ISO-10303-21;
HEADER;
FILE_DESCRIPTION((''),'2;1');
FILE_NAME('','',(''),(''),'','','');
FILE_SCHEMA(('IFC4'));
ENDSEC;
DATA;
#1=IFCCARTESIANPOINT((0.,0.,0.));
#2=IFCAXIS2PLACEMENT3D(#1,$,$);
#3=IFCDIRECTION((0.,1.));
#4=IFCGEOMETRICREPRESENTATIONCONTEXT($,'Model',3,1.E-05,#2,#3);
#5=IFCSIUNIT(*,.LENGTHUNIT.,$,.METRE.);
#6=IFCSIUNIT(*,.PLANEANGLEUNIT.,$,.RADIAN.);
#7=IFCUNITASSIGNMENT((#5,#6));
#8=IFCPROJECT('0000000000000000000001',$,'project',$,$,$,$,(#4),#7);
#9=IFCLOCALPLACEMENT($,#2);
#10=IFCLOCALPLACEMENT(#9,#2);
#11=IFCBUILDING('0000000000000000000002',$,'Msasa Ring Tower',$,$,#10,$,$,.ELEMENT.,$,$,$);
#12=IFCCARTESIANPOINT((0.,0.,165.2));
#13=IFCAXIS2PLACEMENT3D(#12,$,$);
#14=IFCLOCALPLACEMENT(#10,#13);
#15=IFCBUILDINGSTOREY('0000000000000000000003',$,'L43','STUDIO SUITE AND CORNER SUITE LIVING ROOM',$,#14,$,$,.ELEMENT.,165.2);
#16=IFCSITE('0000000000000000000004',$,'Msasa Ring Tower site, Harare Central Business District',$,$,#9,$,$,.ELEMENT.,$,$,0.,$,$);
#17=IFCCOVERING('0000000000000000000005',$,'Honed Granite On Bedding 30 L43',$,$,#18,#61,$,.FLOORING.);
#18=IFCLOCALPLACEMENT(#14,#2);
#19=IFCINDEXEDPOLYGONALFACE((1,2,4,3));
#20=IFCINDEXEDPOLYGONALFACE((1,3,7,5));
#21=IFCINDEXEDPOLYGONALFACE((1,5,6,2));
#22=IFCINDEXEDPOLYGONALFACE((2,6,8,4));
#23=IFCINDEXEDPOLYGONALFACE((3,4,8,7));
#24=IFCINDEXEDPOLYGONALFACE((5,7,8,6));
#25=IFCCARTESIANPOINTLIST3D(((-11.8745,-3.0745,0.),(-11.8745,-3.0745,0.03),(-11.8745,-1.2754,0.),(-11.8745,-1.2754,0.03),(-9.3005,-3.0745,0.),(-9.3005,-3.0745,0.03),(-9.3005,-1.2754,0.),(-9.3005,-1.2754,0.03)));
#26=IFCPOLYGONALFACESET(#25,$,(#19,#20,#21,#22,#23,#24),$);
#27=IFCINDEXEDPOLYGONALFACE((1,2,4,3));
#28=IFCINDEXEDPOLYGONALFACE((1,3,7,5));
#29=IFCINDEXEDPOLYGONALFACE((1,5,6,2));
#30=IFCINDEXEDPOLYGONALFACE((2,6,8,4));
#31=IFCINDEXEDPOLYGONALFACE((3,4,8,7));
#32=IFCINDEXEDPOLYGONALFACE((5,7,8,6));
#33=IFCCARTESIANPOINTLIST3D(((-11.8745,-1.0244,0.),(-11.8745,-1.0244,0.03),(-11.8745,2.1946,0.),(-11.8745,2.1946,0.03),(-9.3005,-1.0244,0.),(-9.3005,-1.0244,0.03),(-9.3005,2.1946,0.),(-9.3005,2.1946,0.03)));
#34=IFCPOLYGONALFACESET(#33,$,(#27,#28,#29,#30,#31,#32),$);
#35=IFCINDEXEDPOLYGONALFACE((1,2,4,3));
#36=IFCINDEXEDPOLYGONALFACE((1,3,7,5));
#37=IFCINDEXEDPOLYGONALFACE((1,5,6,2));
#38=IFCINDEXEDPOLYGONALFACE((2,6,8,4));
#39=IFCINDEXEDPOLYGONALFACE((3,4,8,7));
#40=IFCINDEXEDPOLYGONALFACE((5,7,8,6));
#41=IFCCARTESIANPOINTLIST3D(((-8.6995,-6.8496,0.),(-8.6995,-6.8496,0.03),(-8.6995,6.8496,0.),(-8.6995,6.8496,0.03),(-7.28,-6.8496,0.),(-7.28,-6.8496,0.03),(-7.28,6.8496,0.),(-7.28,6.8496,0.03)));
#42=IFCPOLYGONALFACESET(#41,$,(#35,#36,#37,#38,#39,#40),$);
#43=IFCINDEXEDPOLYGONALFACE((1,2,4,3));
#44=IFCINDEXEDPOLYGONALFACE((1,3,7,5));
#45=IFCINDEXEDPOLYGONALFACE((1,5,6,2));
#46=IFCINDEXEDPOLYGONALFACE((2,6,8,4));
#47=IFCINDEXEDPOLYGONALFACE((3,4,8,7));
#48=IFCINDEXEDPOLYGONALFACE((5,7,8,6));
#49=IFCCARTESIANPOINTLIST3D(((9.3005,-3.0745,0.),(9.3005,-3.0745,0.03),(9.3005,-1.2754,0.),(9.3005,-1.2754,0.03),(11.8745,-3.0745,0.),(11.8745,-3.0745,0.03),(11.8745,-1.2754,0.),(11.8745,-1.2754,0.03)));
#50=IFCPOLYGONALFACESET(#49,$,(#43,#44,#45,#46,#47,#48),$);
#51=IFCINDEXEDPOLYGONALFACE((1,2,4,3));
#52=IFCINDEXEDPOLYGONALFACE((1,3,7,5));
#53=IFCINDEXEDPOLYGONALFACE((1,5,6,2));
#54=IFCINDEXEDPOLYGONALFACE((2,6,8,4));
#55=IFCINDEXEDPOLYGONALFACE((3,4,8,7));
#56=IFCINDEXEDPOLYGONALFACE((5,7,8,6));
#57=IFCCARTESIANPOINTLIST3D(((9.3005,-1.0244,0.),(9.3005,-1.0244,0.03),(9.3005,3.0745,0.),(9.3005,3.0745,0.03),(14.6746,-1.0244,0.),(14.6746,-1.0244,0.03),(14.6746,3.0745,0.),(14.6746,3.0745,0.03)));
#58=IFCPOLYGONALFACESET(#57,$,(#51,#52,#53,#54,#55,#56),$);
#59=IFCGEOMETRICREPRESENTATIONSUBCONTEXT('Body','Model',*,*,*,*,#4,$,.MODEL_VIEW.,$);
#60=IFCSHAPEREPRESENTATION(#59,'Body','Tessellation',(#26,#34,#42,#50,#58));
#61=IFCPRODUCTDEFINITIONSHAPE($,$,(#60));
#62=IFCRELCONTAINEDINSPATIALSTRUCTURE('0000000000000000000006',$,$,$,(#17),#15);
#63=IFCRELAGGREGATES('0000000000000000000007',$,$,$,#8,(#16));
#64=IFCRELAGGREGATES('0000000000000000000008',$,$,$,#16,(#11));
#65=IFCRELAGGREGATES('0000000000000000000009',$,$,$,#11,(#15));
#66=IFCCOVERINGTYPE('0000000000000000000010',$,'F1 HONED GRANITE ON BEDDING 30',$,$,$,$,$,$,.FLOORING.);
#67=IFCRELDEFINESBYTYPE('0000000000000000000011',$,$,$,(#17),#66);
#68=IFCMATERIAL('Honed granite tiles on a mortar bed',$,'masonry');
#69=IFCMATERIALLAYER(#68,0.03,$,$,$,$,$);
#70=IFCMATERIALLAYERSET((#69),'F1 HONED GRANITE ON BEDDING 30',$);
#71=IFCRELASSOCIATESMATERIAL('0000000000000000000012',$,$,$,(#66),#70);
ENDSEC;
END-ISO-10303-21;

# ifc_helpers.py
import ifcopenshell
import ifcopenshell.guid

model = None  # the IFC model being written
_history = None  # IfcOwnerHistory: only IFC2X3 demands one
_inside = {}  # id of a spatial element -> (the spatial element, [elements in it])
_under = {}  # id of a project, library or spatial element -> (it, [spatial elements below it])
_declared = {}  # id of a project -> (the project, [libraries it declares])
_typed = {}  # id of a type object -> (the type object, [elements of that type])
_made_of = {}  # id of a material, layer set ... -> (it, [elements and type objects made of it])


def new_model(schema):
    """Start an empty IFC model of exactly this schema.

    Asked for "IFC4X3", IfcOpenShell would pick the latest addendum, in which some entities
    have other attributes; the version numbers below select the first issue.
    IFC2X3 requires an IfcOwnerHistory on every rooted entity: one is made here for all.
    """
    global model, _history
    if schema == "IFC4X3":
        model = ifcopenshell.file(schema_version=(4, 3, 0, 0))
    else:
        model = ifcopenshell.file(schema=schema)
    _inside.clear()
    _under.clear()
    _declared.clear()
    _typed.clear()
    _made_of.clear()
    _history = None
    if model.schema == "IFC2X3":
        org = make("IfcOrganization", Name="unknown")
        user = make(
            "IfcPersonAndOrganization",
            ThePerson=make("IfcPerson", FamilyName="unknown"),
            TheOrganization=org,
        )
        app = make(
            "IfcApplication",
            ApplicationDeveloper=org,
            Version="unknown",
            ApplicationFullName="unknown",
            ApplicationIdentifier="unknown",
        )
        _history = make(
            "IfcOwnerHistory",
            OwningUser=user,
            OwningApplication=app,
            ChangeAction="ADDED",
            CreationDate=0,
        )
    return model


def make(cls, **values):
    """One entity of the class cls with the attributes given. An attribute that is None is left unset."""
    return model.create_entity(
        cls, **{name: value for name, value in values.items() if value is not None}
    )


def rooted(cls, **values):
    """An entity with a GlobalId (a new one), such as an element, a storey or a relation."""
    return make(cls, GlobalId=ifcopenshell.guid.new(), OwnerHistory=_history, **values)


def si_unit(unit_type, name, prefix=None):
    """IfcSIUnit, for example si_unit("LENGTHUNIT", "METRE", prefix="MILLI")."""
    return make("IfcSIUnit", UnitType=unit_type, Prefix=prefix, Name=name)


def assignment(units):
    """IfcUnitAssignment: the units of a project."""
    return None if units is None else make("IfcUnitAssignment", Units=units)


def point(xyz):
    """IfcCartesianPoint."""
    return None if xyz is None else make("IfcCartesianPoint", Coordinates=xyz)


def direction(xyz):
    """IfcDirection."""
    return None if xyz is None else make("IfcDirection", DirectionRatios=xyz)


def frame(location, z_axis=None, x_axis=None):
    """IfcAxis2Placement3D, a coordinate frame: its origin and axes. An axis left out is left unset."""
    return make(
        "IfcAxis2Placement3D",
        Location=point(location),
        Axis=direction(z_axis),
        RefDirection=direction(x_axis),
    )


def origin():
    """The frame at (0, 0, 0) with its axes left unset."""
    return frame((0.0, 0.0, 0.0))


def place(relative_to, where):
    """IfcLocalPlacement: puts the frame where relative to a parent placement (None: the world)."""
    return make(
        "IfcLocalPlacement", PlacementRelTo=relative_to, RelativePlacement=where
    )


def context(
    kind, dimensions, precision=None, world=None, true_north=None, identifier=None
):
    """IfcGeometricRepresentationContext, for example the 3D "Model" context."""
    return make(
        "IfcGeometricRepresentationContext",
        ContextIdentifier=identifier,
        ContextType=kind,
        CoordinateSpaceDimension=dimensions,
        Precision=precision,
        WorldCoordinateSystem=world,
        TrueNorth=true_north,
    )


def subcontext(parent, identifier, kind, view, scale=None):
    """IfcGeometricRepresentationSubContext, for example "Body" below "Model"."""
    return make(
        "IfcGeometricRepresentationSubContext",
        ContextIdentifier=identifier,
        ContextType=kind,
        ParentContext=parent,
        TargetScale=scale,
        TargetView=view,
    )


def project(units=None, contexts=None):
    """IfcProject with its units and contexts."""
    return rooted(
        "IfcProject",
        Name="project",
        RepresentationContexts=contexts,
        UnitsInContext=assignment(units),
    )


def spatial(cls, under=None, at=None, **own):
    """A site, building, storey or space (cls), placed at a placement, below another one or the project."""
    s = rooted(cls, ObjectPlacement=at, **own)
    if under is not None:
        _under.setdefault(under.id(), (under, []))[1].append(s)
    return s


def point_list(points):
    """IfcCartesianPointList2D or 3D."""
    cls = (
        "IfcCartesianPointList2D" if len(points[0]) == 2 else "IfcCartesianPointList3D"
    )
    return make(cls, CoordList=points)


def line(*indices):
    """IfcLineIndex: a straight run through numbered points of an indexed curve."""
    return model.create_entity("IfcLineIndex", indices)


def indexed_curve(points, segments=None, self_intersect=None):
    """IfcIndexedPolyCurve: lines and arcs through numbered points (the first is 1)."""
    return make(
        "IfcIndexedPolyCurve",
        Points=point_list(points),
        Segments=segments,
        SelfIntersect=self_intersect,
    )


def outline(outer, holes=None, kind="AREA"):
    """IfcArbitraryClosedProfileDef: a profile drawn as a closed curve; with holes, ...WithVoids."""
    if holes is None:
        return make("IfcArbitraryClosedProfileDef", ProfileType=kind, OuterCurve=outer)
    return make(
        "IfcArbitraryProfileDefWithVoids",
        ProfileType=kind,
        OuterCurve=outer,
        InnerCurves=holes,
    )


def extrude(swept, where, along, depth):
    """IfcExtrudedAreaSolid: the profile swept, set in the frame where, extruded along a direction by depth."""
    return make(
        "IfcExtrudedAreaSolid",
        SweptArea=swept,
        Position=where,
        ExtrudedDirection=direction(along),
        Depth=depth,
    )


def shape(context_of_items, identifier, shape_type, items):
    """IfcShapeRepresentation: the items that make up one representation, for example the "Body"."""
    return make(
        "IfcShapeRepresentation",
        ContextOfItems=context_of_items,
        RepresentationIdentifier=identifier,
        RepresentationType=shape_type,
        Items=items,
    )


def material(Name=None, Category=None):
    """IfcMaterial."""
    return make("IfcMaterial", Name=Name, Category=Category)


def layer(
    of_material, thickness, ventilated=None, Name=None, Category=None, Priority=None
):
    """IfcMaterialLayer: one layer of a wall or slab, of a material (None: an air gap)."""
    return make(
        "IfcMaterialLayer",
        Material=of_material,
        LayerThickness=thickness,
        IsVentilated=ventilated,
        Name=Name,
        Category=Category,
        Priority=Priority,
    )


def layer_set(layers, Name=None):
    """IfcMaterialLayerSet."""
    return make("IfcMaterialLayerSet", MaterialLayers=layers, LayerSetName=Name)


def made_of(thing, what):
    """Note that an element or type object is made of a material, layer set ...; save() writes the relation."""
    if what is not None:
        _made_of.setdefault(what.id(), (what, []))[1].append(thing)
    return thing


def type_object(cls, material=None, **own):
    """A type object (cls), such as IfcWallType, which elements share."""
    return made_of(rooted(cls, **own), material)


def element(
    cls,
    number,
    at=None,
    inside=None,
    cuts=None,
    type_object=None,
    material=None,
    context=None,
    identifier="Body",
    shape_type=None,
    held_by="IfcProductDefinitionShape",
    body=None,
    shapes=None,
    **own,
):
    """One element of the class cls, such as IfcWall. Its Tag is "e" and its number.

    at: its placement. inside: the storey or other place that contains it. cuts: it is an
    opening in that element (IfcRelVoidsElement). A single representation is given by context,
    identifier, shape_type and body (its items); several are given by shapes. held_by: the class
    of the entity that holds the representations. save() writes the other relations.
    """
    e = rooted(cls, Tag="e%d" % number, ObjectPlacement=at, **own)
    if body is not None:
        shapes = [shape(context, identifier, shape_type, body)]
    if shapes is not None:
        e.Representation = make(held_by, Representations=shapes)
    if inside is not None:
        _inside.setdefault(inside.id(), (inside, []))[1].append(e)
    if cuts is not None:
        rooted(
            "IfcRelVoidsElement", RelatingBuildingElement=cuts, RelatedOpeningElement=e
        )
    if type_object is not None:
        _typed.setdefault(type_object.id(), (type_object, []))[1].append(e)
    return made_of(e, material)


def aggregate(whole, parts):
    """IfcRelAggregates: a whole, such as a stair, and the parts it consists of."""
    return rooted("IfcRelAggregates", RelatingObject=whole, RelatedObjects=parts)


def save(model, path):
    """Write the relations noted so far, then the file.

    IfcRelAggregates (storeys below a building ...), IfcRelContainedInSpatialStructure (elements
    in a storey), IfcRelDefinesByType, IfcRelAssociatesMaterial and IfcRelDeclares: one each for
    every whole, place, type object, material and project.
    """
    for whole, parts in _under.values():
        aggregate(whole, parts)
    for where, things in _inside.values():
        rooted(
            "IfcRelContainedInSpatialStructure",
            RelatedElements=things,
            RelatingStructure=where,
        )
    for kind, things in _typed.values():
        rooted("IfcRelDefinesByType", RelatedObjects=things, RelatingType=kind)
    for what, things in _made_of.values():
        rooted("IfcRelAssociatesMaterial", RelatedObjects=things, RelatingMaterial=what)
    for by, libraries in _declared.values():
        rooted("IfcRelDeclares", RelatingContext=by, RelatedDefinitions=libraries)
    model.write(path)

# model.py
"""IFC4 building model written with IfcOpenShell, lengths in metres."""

from ifc_helpers import new_model, si_unit, direction, frame, origin, place, context, subcontext, project, spatial, line, indexed_curve, outline, extrude, material, layer, layer_set, type_object, element, save


model = new_model("IFC4")

# Units and contexts
model_context = context("Model", 3, precision=1e-05, world=origin(), true_north=direction((0.0, 1.0)))
body_context = subcontext(model_context, "Body", "Model", "MODEL_VIEW")
ifc_project = project(units=[si_unit("LENGTHUNIT", "METRE"), si_unit("PLANEANGLEUNIT", "RADIAN")], contexts=[model_context])

# Site, building, storey
site_placement = place(None, origin())
site = spatial("IfcSite", under=ifc_project, at=site_placement, Name="Msasa Ring Tower site, Harare Central Business District", CompositionType="ELEMENT", RefElevation=0.0)
building_placement = place(site_placement, origin())
building = spatial("IfcBuilding", under=site, at=building_placement, Name="Msasa Ring Tower", CompositionType="ELEMENT")
storey_placement = place(building_placement, frame((0.0, 0.0, 165.2)))
storey = spatial("IfcBuildingStorey", under=building, at=storey_placement, Name="L43", Description="STUDIO SUITE AND CORNER SUITE LIVING ROOM", CompositionType="ELEMENT", Elevation=165.2)

# Covering
ifc_material_1 = material(Name="Honed granite tiles on a mortar bed", Category="masonry")
ifc_layer_1 = layer(ifc_material_1, 0.03)
ifc_layer_set_1 = layer_set([ifc_layer_1], Name="F1 HONED GRANITE ON BEDDING 30")
covering_type_1 = type_object("IfcCoveringType", Name="F1 HONED GRANITE ON BEDDING 30", PredefinedType="FLOORING", material=ifc_layer_set_1)
covering_1_placement = place(storey_placement, origin())
element("IfcCovering", 1, at=covering_1_placement, inside=storey, type_object=covering_type_1, Name="Honed Granite On Bedding 30 L43", PredefinedType="FLOORING", context=body_context, shape_type="SweptSolid", body=[
    extrude(outline(indexed_curve([(-11.8745, -3.0745), (-11.8745, -1.2754), (-9.3005, -1.2754), (-9.3005, -3.0745)], segments=[line(1, 2, 3, 4, 1)], self_intersect=False)), origin(), (0.0, 0.0, 1.0), 0.03),
    extrude(outline(indexed_curve([(-11.8745, 2.1946), (-9.3005, 2.1946), (-9.3005, -1.0244), (-11.8745, -1.0244)], segments=[line(1, 2, 3, 4, 1)], self_intersect=False)), origin(), (0.0, 0.0, 1.0), 0.03),
    extrude(outline(indexed_curve([(-8.6995, -6.8496), (-8.6995, 6.8496), (-7.28, 6.8496), (-7.28, -6.8496)], segments=[line(1, 2, 3, 4, 1)], self_intersect=False)), origin(), (0.0, 0.0, 1.0), 0.03),
    extrude(outline(indexed_curve([(9.3005, -3.0745), (9.3005, -1.2754), (11.8745, -1.2754), (11.8745, -3.0745)], segments=[line(1, 2, 3, 4, 1)], self_intersect=False)), origin(), (0.0, 0.0, 1.0), 0.03),
    extrude(outline(indexed_curve([(9.3005, 3.0745), (14.6746, 3.0745), (14.6746, -1.0244), (9.3005, -1.0244)], segments=[line(1, 2, 3, 4, 1)], self_intersect=False)), origin(), (0.0, 0.0, 1.0), 0.03),
])

save(model, "model.ifc")
